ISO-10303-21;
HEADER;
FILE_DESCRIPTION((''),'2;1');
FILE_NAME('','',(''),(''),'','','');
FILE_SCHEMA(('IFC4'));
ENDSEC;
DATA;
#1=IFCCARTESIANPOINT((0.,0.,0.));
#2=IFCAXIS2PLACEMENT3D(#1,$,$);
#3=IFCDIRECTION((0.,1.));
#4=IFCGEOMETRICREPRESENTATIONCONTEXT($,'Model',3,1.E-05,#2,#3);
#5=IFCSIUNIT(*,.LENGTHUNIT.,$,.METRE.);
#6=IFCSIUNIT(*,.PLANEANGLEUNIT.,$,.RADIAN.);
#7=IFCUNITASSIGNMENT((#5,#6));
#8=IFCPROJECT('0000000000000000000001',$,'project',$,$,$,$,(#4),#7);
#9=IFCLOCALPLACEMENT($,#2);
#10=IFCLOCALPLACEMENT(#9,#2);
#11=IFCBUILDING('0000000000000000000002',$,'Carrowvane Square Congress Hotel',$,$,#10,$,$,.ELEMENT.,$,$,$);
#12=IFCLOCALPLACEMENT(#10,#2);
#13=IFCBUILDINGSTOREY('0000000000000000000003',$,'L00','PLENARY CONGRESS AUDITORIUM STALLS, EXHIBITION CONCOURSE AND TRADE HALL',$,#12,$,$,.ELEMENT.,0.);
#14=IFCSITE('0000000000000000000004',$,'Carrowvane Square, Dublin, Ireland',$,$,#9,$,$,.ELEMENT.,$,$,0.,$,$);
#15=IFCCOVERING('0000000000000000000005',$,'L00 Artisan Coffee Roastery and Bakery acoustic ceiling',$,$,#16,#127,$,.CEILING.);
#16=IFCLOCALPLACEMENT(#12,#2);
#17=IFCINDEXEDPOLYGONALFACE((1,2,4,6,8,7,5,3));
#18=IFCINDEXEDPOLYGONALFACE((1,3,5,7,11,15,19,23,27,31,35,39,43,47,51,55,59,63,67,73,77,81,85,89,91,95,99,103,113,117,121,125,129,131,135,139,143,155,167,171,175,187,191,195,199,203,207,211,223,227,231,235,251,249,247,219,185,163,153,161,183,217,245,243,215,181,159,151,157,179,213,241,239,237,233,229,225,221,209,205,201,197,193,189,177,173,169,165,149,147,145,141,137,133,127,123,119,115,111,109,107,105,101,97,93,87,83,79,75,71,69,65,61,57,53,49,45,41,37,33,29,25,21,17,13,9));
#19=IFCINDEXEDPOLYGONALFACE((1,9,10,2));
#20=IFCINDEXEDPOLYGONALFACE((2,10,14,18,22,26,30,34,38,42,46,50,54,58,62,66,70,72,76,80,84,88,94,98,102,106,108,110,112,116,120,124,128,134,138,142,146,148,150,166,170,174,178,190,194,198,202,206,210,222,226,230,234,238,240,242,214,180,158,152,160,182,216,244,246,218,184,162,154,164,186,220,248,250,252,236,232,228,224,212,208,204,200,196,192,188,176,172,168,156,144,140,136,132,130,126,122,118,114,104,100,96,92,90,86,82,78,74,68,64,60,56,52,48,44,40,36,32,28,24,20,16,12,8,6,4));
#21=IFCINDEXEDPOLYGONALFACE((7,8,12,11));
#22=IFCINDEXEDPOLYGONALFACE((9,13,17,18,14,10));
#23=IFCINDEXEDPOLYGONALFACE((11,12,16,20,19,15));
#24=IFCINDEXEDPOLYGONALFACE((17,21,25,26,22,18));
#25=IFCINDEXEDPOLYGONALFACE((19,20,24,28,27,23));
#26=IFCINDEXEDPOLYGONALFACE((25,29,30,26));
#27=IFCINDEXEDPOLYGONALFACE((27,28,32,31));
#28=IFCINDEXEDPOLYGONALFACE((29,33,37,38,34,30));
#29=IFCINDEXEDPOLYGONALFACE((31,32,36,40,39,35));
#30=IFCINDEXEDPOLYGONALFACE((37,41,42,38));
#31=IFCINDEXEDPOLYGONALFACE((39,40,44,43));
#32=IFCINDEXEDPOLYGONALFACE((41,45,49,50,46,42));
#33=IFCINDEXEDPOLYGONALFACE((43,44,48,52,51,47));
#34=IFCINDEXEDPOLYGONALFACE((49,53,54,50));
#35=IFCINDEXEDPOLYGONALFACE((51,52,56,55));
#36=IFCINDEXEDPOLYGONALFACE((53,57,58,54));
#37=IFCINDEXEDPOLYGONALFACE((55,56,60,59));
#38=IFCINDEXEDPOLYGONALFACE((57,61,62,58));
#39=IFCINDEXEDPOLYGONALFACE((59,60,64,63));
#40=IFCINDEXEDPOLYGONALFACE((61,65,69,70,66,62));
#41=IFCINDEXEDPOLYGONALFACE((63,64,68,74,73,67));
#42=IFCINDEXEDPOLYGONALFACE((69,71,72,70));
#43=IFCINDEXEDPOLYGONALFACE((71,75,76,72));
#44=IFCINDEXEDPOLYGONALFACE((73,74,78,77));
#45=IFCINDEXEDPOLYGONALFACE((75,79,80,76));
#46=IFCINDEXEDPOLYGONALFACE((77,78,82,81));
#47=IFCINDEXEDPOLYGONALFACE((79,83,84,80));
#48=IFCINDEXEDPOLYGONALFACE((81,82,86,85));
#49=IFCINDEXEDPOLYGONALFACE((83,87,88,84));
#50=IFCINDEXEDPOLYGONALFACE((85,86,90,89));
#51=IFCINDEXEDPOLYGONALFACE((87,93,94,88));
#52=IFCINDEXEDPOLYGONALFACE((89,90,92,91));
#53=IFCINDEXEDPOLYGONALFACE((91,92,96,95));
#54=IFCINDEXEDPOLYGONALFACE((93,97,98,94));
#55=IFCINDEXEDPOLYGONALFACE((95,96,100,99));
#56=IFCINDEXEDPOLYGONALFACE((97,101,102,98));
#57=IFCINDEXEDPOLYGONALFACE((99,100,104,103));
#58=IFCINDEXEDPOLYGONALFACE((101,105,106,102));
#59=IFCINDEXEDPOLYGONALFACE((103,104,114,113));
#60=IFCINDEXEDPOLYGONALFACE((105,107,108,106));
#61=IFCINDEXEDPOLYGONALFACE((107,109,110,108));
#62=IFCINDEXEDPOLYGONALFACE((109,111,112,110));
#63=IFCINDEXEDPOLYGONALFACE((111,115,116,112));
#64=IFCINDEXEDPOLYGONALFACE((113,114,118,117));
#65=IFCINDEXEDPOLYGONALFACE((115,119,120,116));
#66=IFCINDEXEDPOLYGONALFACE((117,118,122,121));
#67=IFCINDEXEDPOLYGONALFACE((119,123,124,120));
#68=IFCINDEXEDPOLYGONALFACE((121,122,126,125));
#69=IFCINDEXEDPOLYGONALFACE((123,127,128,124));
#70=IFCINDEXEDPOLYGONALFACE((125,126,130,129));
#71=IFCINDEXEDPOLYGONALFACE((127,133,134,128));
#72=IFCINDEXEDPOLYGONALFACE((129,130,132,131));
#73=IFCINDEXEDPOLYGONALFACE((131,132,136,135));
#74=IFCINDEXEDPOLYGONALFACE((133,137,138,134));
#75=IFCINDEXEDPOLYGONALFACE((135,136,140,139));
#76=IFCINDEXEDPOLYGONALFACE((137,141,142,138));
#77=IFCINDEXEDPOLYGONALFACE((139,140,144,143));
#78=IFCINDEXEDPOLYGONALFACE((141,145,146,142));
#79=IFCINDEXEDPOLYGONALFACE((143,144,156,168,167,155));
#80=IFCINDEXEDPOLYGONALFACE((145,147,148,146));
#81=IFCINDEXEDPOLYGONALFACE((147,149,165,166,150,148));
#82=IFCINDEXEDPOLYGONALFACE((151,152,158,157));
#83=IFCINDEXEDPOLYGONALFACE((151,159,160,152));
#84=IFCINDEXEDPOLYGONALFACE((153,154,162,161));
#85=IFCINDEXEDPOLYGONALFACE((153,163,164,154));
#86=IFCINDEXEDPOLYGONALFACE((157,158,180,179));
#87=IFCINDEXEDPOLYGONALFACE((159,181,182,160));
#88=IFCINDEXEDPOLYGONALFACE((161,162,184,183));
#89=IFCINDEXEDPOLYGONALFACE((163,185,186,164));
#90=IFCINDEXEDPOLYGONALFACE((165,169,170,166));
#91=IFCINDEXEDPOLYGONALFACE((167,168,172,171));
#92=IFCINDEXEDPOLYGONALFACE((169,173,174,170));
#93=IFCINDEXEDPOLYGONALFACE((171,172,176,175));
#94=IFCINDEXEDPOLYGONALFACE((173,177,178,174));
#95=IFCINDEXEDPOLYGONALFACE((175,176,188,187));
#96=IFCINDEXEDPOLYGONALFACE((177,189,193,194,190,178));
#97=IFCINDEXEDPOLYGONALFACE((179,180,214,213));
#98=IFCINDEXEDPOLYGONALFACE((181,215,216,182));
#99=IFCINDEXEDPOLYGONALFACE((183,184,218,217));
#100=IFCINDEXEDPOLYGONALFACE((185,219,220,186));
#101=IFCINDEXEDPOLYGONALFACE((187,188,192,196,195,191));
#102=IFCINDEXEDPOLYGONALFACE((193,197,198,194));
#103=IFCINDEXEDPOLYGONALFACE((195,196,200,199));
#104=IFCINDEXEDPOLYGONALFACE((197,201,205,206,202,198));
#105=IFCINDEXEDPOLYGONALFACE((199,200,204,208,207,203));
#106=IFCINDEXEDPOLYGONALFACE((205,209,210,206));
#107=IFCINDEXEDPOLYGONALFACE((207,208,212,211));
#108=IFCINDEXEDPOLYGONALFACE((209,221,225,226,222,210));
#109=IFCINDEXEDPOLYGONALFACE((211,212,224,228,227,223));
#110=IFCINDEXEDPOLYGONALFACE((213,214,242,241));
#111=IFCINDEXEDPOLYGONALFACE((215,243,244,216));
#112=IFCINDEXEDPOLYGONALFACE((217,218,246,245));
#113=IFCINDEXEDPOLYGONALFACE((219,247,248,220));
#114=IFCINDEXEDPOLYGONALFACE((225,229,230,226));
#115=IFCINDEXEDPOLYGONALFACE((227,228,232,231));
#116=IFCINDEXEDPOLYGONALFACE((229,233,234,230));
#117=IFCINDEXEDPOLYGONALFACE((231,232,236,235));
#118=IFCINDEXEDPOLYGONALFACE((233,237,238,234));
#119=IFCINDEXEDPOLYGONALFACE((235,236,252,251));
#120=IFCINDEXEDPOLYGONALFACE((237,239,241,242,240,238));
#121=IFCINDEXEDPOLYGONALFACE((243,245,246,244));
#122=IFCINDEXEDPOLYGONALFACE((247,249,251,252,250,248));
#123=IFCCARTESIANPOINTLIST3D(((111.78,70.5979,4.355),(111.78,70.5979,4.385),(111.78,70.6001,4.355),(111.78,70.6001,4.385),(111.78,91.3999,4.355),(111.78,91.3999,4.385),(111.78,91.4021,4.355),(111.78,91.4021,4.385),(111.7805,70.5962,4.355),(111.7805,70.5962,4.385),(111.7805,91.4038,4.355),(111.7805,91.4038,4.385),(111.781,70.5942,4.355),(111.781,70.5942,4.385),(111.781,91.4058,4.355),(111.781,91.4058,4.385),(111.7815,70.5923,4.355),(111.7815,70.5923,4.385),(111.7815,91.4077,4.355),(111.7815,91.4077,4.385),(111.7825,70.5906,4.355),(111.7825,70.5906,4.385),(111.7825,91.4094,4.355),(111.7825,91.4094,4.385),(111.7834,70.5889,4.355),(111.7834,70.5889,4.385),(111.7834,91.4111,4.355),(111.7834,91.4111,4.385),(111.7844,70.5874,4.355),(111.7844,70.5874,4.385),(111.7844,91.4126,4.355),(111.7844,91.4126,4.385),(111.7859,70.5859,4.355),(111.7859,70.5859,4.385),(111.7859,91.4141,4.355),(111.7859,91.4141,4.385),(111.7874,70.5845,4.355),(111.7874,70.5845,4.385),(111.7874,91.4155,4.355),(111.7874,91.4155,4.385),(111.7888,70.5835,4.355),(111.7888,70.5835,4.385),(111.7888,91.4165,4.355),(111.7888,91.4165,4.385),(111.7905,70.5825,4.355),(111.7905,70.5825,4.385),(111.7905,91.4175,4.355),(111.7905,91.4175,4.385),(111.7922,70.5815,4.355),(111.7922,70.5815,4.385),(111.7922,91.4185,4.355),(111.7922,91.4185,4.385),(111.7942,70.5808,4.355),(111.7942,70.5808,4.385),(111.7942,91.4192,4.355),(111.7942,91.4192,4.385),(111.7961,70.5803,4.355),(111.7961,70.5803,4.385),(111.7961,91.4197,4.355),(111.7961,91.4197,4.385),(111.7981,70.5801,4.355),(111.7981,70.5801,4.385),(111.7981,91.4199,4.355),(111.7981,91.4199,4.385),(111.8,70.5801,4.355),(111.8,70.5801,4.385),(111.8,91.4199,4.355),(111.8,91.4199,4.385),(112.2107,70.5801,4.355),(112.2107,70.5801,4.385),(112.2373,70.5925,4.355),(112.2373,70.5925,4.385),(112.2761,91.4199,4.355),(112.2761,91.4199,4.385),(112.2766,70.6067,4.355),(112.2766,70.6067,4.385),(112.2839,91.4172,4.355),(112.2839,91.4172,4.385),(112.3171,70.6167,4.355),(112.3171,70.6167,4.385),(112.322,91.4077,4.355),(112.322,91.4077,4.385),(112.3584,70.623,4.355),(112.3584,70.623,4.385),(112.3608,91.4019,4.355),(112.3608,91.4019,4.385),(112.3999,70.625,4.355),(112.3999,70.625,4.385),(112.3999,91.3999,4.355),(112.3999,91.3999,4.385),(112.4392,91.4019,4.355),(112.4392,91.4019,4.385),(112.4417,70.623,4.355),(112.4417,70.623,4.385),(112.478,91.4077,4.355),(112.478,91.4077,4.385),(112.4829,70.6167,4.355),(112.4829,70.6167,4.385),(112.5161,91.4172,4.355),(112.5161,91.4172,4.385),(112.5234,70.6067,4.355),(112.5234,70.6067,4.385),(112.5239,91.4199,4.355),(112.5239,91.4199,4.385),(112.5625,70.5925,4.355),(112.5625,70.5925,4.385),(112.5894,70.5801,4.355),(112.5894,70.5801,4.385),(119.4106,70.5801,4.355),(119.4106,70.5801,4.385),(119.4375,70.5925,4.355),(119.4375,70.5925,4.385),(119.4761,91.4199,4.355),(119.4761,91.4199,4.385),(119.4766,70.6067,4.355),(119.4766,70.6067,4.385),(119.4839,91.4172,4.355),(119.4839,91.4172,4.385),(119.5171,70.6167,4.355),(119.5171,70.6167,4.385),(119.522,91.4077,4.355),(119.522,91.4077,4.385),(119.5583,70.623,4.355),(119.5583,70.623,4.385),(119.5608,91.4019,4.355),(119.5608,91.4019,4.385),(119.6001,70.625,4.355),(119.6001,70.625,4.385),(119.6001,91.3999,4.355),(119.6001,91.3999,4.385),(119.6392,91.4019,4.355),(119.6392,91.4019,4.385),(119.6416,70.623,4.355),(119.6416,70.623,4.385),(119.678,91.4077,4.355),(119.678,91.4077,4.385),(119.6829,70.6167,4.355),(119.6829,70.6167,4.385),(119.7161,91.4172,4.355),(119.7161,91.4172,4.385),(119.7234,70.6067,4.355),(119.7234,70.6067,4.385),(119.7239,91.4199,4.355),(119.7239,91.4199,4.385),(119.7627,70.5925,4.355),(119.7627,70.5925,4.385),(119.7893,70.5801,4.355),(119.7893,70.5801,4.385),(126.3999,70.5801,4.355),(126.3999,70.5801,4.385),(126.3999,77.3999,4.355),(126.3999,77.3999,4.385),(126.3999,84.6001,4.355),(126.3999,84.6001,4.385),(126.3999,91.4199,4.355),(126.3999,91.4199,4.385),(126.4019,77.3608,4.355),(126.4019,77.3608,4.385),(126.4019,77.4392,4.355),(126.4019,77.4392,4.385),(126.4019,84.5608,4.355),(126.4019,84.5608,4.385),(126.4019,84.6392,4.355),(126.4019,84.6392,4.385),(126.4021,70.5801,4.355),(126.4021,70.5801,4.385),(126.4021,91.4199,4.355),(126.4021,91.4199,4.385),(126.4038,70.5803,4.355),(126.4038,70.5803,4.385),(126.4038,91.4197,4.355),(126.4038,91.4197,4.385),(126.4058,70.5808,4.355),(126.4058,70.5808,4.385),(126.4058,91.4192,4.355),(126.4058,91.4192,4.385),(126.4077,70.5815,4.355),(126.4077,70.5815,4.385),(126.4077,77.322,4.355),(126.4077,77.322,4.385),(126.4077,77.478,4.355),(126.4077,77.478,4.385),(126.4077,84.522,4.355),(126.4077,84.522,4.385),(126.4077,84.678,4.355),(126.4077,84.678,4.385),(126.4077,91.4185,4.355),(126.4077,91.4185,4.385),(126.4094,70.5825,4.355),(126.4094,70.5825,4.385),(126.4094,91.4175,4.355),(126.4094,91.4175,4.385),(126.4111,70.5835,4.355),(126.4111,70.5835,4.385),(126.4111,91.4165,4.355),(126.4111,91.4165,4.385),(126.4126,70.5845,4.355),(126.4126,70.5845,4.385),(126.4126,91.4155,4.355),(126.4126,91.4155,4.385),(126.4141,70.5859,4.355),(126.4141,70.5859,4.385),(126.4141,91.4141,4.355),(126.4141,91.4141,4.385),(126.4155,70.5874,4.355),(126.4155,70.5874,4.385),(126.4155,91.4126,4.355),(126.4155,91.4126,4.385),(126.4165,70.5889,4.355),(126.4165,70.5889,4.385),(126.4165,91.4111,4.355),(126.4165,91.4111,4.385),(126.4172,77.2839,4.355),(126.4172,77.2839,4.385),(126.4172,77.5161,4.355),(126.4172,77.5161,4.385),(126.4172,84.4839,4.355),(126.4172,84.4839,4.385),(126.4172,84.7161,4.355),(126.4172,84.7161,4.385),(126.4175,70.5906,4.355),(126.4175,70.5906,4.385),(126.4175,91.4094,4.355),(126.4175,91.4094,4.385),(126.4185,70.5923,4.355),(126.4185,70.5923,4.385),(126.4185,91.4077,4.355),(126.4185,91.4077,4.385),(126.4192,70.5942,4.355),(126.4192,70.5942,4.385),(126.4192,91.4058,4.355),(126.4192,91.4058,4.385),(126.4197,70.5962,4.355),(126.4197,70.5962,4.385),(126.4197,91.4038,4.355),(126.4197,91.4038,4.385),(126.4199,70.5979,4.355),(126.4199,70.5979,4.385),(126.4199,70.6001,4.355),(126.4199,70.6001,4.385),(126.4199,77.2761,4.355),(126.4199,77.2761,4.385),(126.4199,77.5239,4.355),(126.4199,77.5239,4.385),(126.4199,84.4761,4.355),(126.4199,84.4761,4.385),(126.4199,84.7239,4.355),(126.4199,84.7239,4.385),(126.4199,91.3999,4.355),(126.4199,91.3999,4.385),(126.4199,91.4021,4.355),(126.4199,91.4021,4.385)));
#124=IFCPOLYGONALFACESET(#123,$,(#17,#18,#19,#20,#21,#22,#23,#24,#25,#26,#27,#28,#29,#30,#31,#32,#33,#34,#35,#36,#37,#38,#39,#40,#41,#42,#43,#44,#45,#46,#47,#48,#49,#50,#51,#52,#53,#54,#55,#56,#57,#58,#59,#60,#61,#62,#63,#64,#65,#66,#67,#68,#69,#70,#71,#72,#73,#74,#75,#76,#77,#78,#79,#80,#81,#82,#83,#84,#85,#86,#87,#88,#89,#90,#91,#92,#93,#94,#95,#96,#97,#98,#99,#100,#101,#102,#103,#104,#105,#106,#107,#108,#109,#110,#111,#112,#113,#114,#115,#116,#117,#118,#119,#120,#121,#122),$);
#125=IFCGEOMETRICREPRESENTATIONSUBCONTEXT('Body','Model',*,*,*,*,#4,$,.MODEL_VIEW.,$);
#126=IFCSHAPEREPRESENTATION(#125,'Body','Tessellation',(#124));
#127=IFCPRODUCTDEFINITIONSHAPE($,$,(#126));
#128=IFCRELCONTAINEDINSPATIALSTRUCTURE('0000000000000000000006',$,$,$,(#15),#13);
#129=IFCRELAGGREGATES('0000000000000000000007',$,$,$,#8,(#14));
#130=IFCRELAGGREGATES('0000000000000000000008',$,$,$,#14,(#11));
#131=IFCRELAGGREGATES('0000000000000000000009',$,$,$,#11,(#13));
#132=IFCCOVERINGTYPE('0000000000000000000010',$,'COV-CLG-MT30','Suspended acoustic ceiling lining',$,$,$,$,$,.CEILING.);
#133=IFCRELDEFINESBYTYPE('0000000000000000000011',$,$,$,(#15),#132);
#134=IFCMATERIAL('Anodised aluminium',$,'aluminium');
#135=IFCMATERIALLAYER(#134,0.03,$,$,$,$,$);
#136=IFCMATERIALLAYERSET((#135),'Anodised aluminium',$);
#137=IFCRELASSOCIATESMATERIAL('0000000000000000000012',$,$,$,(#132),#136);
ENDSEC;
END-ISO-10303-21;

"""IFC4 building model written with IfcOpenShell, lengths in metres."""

from ifc_helpers import new_model, si_unit, direction, frame, origin, place, context, subcontext, project, spatial, polyline, outline, extrude, material, layer, layer_set, type_object, element, save


model = new_model("IFC4")

# Units and contexts
model_context = context("Model", 3, precision=1e-05, world=origin(), true_north=direction((0.0, 1.0)))
body_context = subcontext(model_context, "Body", "Model", "MODEL_VIEW")
ifc_project = project(units=[si_unit("LENGTHUNIT", "METRE"), si_unit("PLANEANGLEUNIT", "RADIAN")], contexts=[model_context])

# Site, building, storey
site_placement = place(None, origin())
site = spatial("IfcSite", under=ifc_project, at=site_placement, Name="Carrowvane Square, Dublin, Ireland", CompositionType="ELEMENT", RefElevation=0.0)
building_placement = place(site_placement, origin())
building = spatial("IfcBuilding", under=site, at=building_placement, Name="Carrowvane Square Congress Hotel", CompositionType="ELEMENT")
storey_placement = place(building_placement, origin())
storey = spatial("IfcBuildingStorey", under=building, at=storey_placement, Name="L00", Description="PLENARY CONGRESS AUDITORIUM STALLS, EXHIBITION CONCOURSE AND TRADE HALL", CompositionType="ELEMENT", Elevation=0.0)

# Covering
ifc_material_1 = material(Name="Anodised aluminium", Category="aluminium")
ifc_layer_1 = layer(ifc_material_1, 0.03)
ifc_layer_set_1 = layer_set([ifc_layer_1], Name="Anodised aluminium")
covering_type_1 = type_object("IfcCoveringType", Name="COV-CLG-MT30", Description="Suspended acoustic ceiling lining", PredefinedType="CEILING", material=ifc_layer_set_1)
covering_1_placement = place(storey_placement, frame((0.0, 0.0, 4.355)))
element("IfcCovering", 1, at=covering_1_placement, inside=storey, type_object=covering_type_1, Name="L00 Artisan Coffee Roastery and Bakery acoustic ceiling", PredefinedType="CEILING", context=body_context, shape_type="SweptSolid", body=[
    extrude(outline(polyline([(112.478, 91.4077), (112.5161, 91.4172), (112.5239, 91.4199), (119.4761, 91.4199), (119.4839, 91.4172), (119.522, 91.4077), (119.5608, 91.4019), (119.6001, 91.3999), (119.6392, 91.4019), (119.678, 91.4077), (119.7161, 91.4172), (119.7239, 91.4199), (126.3999, 91.4199), (126.4021, 91.4199), (126.4038, 91.4197), (126.4058, 91.4192), (126.4077, 91.4185), (126.4094, 91.4175), (126.4111, 91.4165), (126.4126, 91.4155), (126.4141, 91.4141), (126.4155, 91.4126), (126.4165, 91.4111), (126.4175, 91.4094), (126.4185, 91.4077), (126.4192, 91.4058), (126.4197, 91.4038), (126.4199, 91.4021), (126.4199, 91.3999), (126.4199, 84.7239), (126.4172, 84.7161), (126.4077, 84.678), (126.4019, 84.6392), (126.3999, 84.6001), (126.4019, 84.5608), (126.4077, 84.522), (126.4172, 84.4839), (126.4199, 84.4761), (126.4199, 77.5239), (126.4172, 77.5161), (126.4077, 77.478), (126.4019, 77.4392), (126.3999, 77.3999), (126.4019, 77.3608), (126.4077, 77.322), (126.4172, 77.2839), (126.4199, 77.2761), (126.4199, 70.6001), (126.4199, 70.5979), (126.4197, 70.5962), (126.4192, 70.5942), (126.4185, 70.5923), (126.4175, 70.5906), (126.4165, 70.5889), (126.4155, 70.5874), (126.4141, 70.5859), (126.4126, 70.5845), (126.4111, 70.5835), (126.4094, 70.5825), (126.4077, 70.5815), (126.4058, 70.5808), (126.4038, 70.5803), (126.4021, 70.5801), (126.3999, 70.5801), (119.7893, 70.5801), (119.7627, 70.5925), (119.7234, 70.6067), (119.6829, 70.6167), (119.6416, 70.623), (119.6001, 70.625), (119.5583, 70.623), (119.5171, 70.6167), (119.4766, 70.6067), (119.4375, 70.5925), (119.4106, 70.5801), (112.5894, 70.5801), (112.5625, 70.5925), (112.5234, 70.6067), (112.4829, 70.6167), (112.4417, 70.623), (112.3999, 70.625), (112.3584, 70.623), (112.3171, 70.6167), (112.2766, 70.6067), (112.2373, 70.5925), (112.2107, 70.5801), (111.8, 70.5801), (111.7981, 70.5801), (111.7961, 70.5803), (111.7942, 70.5808), (111.7922, 70.5815), (111.7905, 70.5825), (111.7888, 70.5835), (111.7874, 70.5845), (111.7859, 70.5859), (111.7844, 70.5874), (111.7834, 70.5889), (111.7825, 70.5906), (111.7815, 70.5923), (111.781, 70.5942), (111.7805, 70.5962), (111.78, 70.5979), (111.78, 70.6001), (111.78, 91.3999), (111.78, 91.4021), (111.7805, 91.4038), (111.781, 91.4058), (111.7815, 91.4077), (111.7825, 91.4094), (111.7834, 91.4111), (111.7844, 91.4126), (111.7859, 91.4141), (111.7874, 91.4155), (111.7888, 91.4165), (111.7905, 91.4175), (111.7922, 91.4185), (111.7942, 91.4192), (111.7961, 91.4197), (111.7981, 91.4199), (111.8, 91.4199), (112.2761, 91.4199), (112.2839, 91.4172), (112.322, 91.4077), (112.3608, 91.4019), (112.3999, 91.3999), (112.4392, 91.4019), (112.478, 91.4077)])), origin(), (0.0, 0.0, 1.0), 0.03),
])

save(model, "model.ifc")
